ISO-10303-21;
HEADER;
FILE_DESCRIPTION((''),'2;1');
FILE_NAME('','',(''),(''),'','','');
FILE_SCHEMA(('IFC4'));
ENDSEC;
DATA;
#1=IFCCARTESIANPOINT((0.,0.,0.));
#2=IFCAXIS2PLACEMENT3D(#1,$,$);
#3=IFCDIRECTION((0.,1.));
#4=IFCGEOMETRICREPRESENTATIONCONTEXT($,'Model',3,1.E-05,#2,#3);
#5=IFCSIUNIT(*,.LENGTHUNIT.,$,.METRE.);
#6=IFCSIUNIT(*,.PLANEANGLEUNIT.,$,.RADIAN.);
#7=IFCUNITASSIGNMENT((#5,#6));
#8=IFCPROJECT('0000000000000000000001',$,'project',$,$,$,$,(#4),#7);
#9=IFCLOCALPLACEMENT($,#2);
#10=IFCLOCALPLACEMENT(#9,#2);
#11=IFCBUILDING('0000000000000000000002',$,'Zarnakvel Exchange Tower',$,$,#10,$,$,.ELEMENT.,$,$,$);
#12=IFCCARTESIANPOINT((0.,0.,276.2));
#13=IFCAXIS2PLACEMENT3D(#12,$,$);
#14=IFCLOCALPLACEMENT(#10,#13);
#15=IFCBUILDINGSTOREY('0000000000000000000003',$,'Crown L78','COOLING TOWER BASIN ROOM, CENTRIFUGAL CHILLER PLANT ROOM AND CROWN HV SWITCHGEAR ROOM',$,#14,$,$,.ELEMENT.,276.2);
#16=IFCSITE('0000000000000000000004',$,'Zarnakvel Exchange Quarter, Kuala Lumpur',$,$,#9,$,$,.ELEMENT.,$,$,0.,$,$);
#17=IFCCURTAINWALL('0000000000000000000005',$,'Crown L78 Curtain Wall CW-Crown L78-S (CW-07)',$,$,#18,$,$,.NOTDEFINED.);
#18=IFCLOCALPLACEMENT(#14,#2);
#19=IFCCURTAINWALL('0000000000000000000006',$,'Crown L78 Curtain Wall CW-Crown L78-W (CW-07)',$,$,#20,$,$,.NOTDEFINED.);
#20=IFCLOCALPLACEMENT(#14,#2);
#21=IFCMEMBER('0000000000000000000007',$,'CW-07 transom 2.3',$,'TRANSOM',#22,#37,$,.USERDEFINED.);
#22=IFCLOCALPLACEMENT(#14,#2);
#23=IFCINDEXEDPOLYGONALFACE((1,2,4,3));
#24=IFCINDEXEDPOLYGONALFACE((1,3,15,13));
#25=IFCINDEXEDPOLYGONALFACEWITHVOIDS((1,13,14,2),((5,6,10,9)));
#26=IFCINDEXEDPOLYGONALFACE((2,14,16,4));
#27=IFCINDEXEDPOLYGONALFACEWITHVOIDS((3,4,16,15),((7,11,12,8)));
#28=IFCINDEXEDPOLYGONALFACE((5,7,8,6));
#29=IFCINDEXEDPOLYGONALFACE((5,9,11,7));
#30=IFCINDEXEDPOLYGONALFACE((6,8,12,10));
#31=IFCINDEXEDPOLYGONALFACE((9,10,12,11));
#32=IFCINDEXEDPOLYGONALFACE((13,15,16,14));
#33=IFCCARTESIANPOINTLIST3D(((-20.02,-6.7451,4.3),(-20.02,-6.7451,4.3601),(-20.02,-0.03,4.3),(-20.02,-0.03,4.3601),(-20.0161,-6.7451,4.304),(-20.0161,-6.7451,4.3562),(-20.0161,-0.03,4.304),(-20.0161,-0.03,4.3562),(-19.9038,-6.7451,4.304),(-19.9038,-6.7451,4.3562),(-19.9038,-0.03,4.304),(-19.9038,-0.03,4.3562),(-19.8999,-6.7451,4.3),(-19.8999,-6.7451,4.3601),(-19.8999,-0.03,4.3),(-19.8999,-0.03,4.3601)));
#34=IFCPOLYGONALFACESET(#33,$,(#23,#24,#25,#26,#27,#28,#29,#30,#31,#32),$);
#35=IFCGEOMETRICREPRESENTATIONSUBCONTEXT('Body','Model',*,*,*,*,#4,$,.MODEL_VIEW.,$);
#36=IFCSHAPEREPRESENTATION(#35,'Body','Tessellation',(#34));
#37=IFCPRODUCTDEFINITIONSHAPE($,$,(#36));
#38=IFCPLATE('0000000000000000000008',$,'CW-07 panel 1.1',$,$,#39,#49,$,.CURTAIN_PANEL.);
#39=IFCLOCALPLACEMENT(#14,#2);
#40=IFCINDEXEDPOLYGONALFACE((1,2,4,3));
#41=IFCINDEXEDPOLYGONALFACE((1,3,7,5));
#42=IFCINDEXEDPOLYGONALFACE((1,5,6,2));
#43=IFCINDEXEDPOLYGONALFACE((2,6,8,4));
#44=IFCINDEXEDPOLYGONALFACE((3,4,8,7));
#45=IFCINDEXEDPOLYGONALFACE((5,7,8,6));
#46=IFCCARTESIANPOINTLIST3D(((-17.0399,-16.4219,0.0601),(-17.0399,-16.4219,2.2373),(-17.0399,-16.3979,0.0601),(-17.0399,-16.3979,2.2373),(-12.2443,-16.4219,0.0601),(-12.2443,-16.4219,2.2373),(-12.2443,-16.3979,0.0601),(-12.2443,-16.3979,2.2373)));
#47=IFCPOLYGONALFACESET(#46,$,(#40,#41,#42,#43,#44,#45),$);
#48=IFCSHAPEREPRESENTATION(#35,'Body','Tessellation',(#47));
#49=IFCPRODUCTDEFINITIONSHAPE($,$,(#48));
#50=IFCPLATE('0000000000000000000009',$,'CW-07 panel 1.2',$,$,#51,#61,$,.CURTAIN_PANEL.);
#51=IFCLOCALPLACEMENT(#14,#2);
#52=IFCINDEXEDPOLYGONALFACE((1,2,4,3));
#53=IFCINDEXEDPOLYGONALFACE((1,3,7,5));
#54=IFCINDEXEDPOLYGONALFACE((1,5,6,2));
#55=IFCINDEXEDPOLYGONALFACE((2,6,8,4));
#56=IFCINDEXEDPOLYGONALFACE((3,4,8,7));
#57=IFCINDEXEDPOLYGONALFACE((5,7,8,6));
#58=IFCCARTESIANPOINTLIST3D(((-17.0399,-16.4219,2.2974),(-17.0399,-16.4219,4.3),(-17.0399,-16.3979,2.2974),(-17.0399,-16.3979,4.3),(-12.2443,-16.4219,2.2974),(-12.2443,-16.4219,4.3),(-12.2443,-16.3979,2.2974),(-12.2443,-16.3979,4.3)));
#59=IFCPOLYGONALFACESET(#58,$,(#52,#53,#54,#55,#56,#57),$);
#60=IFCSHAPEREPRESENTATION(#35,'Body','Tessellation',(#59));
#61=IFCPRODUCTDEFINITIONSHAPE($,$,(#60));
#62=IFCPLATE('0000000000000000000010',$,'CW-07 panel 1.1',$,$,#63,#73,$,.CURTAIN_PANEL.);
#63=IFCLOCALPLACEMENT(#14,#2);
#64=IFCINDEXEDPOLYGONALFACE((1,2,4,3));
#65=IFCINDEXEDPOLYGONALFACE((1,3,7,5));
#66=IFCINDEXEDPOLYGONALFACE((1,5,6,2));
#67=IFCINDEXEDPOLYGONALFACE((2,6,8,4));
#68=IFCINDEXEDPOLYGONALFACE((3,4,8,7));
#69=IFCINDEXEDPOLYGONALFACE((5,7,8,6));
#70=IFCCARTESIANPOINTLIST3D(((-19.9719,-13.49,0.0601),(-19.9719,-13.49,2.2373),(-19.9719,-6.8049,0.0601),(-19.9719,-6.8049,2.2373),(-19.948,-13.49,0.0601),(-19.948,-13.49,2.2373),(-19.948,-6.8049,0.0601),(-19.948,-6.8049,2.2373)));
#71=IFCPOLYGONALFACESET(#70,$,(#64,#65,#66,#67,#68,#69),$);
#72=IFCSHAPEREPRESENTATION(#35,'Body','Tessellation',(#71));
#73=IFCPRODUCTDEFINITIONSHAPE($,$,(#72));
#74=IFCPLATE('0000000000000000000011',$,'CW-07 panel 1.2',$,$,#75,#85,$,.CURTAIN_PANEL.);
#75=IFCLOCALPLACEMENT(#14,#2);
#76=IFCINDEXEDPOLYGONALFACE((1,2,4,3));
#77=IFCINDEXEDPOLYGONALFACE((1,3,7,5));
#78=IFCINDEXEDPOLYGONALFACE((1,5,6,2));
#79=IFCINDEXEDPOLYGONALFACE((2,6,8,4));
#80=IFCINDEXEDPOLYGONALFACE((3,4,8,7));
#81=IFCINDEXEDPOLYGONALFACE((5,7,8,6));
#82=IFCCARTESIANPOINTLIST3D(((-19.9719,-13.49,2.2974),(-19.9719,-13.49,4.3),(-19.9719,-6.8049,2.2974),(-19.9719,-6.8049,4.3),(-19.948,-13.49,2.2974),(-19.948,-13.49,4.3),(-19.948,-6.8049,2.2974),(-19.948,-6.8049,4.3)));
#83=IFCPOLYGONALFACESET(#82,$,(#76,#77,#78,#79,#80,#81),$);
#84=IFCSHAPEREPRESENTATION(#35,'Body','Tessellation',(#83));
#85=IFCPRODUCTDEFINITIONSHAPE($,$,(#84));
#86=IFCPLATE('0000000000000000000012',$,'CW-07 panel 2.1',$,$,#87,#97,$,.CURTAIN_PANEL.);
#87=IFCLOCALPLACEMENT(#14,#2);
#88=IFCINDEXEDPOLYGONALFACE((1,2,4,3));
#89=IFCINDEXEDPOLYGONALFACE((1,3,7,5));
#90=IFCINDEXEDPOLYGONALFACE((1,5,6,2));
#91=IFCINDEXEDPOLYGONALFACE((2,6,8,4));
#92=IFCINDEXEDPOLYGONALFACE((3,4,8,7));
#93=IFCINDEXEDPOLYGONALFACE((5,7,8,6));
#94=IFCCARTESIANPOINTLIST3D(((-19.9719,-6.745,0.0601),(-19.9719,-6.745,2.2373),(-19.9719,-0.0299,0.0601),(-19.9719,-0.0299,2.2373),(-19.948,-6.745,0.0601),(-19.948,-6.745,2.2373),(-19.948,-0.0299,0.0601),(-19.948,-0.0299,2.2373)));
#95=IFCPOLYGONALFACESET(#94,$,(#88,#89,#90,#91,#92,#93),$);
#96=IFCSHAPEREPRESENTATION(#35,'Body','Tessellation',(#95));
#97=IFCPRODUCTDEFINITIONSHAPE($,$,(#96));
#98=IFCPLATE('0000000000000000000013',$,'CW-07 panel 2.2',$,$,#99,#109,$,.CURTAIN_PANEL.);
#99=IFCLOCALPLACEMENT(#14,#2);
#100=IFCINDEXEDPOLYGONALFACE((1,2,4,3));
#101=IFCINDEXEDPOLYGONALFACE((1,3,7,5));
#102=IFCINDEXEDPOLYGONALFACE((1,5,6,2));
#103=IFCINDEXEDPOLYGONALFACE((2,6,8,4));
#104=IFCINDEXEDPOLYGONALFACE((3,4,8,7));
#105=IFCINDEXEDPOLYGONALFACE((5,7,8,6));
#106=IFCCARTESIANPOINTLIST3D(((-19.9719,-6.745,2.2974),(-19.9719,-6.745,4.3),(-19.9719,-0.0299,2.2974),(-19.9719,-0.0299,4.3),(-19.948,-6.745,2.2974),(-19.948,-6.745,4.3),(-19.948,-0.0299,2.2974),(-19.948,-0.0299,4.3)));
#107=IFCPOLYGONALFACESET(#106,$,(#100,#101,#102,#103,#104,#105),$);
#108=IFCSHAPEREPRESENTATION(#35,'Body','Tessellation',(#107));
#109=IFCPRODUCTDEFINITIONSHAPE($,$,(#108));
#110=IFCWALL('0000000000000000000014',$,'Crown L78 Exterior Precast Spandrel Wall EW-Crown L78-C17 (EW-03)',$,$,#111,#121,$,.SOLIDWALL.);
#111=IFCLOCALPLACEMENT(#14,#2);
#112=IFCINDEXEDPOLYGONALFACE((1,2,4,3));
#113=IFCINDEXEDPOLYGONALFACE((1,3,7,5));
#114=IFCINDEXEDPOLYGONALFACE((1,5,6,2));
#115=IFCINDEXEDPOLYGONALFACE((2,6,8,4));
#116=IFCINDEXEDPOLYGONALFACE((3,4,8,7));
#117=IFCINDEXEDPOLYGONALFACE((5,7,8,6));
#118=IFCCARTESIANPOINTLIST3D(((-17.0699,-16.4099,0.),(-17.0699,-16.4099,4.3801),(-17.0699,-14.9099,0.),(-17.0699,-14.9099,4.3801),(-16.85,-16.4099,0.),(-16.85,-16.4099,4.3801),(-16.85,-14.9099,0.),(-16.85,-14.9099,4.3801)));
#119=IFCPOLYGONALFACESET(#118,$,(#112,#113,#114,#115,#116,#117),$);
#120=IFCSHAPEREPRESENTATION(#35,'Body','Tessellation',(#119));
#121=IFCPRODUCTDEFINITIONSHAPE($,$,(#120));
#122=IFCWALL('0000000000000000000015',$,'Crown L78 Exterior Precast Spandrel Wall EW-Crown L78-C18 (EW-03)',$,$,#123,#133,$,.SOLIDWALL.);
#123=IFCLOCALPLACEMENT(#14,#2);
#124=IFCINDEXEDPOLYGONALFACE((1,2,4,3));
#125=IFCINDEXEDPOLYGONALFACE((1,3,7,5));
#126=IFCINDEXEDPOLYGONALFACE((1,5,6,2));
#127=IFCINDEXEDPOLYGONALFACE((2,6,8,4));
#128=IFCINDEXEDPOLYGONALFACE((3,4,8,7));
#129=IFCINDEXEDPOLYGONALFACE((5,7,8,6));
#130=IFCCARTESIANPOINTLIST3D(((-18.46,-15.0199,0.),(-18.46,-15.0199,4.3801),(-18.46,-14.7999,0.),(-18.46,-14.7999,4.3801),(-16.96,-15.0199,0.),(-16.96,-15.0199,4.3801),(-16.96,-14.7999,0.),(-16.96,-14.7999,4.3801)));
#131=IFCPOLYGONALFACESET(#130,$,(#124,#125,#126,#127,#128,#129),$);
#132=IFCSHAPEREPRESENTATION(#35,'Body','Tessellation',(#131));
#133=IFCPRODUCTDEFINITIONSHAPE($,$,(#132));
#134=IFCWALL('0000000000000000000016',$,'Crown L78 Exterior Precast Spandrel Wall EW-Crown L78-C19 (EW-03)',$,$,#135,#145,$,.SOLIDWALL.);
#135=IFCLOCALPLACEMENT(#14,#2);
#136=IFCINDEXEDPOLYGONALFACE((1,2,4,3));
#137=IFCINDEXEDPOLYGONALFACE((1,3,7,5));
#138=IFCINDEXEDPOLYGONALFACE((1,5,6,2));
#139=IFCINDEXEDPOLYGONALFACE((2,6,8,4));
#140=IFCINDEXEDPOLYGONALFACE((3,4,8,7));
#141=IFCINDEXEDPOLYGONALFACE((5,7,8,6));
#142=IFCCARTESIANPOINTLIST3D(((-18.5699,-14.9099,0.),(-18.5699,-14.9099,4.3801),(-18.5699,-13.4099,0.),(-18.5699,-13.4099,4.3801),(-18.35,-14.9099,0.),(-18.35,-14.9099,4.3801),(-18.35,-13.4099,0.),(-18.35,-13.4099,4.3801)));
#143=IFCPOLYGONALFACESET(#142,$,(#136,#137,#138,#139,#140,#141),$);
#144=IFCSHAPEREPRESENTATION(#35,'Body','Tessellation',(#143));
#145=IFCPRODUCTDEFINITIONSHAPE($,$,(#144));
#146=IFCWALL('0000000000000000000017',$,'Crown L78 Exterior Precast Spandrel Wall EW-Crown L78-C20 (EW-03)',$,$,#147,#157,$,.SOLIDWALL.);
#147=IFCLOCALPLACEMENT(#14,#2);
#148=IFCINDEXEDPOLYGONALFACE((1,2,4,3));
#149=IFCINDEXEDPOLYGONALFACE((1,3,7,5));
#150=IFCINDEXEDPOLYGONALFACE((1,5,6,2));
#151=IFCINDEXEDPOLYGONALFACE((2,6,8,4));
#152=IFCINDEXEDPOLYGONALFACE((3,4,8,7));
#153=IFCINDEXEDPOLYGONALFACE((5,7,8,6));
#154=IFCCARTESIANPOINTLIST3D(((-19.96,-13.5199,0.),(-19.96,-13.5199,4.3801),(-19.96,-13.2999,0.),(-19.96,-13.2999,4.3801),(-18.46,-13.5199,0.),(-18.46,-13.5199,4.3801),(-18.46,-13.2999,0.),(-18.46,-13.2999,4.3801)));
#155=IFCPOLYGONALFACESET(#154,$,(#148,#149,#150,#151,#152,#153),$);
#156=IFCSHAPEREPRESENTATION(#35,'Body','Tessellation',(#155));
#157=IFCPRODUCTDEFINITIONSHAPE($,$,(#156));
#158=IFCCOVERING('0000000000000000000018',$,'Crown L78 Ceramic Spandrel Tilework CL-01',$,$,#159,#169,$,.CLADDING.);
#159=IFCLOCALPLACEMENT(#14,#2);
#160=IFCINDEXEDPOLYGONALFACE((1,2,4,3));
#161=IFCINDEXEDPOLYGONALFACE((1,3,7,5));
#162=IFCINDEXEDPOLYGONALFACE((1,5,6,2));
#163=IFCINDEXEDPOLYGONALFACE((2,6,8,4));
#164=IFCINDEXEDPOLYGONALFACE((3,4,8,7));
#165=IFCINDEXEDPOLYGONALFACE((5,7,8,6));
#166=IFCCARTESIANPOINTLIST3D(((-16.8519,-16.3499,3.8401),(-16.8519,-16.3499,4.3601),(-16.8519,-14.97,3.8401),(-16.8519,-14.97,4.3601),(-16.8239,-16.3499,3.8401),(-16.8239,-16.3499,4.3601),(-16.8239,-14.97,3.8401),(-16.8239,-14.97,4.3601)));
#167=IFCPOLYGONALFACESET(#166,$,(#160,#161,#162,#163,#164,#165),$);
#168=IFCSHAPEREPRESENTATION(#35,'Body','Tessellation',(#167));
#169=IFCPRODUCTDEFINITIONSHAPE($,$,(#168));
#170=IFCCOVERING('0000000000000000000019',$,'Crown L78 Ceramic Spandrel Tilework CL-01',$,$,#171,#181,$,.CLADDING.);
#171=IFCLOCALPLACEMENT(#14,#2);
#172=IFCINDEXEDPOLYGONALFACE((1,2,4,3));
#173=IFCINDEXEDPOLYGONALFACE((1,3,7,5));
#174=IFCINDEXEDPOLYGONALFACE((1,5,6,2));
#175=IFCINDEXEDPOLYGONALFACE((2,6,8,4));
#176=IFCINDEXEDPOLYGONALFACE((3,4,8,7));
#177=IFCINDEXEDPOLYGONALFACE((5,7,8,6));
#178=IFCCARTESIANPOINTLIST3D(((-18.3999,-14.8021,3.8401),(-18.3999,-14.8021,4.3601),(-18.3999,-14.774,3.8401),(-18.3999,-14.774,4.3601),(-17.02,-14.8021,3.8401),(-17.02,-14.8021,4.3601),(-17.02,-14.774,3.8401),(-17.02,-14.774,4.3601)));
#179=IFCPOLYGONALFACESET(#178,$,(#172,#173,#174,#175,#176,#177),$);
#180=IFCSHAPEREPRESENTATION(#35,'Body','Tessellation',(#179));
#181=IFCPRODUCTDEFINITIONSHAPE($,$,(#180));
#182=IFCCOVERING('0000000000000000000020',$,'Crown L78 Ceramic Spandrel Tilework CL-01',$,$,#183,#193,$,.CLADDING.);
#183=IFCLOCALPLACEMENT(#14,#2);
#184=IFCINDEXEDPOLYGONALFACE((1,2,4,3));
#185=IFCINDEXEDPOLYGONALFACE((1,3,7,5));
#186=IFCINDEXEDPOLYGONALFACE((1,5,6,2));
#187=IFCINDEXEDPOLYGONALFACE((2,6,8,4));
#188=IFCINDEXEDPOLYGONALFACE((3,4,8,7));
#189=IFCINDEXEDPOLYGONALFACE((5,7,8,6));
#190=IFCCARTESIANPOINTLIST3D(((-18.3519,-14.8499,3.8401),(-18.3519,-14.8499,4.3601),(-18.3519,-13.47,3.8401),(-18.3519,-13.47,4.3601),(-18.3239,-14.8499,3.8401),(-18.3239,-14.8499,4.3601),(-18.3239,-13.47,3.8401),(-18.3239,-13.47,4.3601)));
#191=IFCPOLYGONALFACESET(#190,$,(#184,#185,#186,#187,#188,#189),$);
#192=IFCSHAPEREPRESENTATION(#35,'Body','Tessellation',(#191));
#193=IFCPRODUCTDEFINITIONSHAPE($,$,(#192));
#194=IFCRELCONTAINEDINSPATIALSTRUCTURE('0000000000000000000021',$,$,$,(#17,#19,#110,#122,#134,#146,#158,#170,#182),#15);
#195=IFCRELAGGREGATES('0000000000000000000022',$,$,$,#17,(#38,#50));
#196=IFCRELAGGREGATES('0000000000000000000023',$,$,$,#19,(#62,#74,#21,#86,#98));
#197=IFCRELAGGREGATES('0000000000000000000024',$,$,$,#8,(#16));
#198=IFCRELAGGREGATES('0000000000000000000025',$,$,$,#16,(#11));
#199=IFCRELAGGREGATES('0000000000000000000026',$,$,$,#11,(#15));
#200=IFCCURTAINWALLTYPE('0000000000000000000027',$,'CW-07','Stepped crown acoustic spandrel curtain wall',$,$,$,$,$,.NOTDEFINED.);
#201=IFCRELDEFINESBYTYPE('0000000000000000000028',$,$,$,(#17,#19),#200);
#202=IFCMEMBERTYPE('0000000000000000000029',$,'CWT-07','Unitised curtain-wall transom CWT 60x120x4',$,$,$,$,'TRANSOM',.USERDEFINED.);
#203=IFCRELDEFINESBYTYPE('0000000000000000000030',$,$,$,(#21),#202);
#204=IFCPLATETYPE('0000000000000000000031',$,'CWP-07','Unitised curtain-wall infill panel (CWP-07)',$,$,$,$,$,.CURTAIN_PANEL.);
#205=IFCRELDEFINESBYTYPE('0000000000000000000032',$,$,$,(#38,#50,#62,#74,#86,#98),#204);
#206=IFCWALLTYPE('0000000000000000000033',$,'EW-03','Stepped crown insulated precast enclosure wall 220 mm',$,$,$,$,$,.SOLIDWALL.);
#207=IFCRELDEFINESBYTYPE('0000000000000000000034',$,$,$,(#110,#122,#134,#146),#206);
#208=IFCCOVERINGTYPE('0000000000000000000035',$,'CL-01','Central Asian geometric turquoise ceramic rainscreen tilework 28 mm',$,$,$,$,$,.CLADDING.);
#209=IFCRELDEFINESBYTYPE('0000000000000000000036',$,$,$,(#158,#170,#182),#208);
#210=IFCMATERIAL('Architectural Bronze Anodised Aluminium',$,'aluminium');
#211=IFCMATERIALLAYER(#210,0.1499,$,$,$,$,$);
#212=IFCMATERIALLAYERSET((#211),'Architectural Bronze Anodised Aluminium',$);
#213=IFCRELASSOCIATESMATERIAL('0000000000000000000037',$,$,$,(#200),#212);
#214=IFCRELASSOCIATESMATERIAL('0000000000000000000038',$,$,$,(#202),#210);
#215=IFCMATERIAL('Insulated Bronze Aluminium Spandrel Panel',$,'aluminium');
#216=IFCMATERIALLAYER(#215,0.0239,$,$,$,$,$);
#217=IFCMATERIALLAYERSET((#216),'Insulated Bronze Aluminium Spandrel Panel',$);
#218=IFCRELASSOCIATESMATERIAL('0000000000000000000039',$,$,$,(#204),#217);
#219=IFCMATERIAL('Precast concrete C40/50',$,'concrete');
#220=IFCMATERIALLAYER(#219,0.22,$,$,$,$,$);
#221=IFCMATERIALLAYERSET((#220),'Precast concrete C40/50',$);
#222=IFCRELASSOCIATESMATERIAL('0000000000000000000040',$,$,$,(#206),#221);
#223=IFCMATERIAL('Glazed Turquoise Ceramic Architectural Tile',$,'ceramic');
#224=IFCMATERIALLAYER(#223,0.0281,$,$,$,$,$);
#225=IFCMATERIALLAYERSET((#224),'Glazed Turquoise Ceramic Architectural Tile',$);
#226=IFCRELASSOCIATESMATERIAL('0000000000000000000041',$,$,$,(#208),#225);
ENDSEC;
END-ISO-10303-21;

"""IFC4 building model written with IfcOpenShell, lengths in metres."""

from ifc_helpers import new_model, si_unit, direction, frame, frame_2d, origin, origin_2d, place, context, subcontext, project, spatial, rectangle, hollow_rectangle, extrude, source, transform, mapped, material, layer, layer_set, material_profile, profile_set, type_object, element, aggregate, save


model = new_model("IFC4")

# Units and contexts
model_context = context("Model", 3, precision=1e-05, world=origin(), true_north=direction((0.0, 1.0)))
body_context = subcontext(model_context, "Body", "Model", "MODEL_VIEW")
ifc_project = project(units=[si_unit("LENGTHUNIT", "METRE"), si_unit("PLANEANGLEUNIT", "RADIAN")], contexts=[model_context])

# Site, building, storey
site_placement = place(None, origin())
site = spatial("IfcSite", under=ifc_project, at=site_placement, Name="Zarnakvel Exchange Quarter, Kuala Lumpur", CompositionType="ELEMENT", RefElevation=0.0)
building_placement = place(site_placement, origin())
building = spatial("IfcBuilding", under=site, at=building_placement, Name="Zarnakvel Exchange Tower", CompositionType="ELEMENT")
storey_placement = place(building_placement, frame((0.0, 0.0, 276.2)))
storey = spatial("IfcBuildingStorey", under=building, at=storey_placement, Name="Crown L78", Description="COOLING TOWER BASIN ROOM, CENTRIFUGAL CHILLER PLANT ROOM AND CROWN HV SWITCHGEAR ROOM", CompositionType="ELEMENT", Elevation=276.2)

# Curtain wall
ifc_material_1 = material(Name="Architectural Bronze Anodised Aluminium", Category="aluminium")
ifc_layer_1 = layer(ifc_material_1, 0.1499)
ifc_layer_set_1 = layer_set([ifc_layer_1], Name="Architectural Bronze Anodised Aluminium")
curtain_wall_type = type_object("IfcCurtainWallType", Name="CW-07", Description="Stepped crown acoustic spandrel curtain wall", PredefinedType="NOTDEFINED", material=ifc_layer_set_1)
curtain_wall_1_placement = place(storey_placement, origin())
curtain_wall_1 = element("IfcCurtainWall", 1, at=curtain_wall_1_placement, inside=storey, type_object=curtain_wall_type, Name="Crown L78 Curtain Wall CW-Crown L78-S (CW-07)", PredefinedType="NOTDEFINED")

# Curtain wall
curtain_wall_2_placement = place(storey_placement, origin())
curtain_wall_2 = element("IfcCurtainWall", 2, at=curtain_wall_2_placement, inside=storey, type_object=curtain_wall_type, Name="Crown L78 Curtain Wall CW-Crown L78-W (CW-07)", PredefinedType="NOTDEFINED")

# Member
ifc_material_profile_1 = material_profile(ifc_material_1, hollow_rectangle(XDim=0.1201, YDim=0.0601, WallThickness=0.0039, at=origin_2d()))
ifc_profile_set_1 = profile_set([ifc_material_profile_1], Name="Architectural Bronze Anodised Aluminium")
member_type_1 = type_object("IfcMemberType", Name="CWT-07", Description="Unitised curtain-wall transom CWT 60x120x4", ElementType="TRANSOM", PredefinedType="USERDEFINED", material=ifc_profile_set_1)
shared_shape_1 = source(origin(), body_context, "Body", "SweptSolid", [
    extrude(hollow_rectangle(XDim=0.1201, YDim=0.0601, WallThickness=0.0039, at=origin_2d()), origin(), (0.0, 0.0, 1.0), 6.7151),
])
member_1_placement = place(storey_placement, frame((-19.96, -6.7451, 4.3301), z_axis=(0.0, 1.0, 0.0), x_axis=(-1.0, 0.0, 0.0)))
member_1 = element("IfcMember", 3, at=member_1_placement, type_object=member_type_1, Name="CW-07 transom 2.3", ObjectType="TRANSOM", PredefinedType="USERDEFINED", context=body_context, shape_type="MappedRepresentation", body=[
    mapped(shared_shape_1, transform((0.0, 0.0, 0.0), x_axis=(1.0, 0.0, 0.0), y_axis=(0.0, 1.0, 0.0), z_axis=(0.0, 0.0, 1.0), scale=1.0)),
])

# Plates
ifc_material_2 = material(Name="Insulated Bronze Aluminium Spandrel Panel", Category="aluminium")
ifc_layer_2 = layer(ifc_material_2, 0.0239)
ifc_layer_set_2 = layer_set([ifc_layer_2], Name="Insulated Bronze Aluminium Spandrel Panel")
plate_type = type_object("IfcPlateType", Name="CWP-07", Description="Unitised curtain-wall infill panel (CWP-07)", PredefinedType="CURTAIN_PANEL", material=ifc_layer_set_2)
shared_shape_2 = source(origin(), body_context, "Body", "SweptSolid", [
    extrude(rectangle(XDim=4.7957, YDim=0.0239, at=origin_2d()), origin(), (0.0, 0.0, 1.0), 2.1772),
])
plate_1_placement = place(storey_placement, frame((-14.6421, -16.4099, 0.0601), z_axis=(0.0, 0.0, 1.0), x_axis=(1.0, 0.0, 0.0)))
plate_1 = element("IfcPlate", 4, at=plate_1_placement, type_object=plate_type, Name="CW-07 panel 1.1", PredefinedType="CURTAIN_PANEL", context=body_context, shape_type="MappedRepresentation", body=[
    mapped(shared_shape_2, transform((0.0, 0.0, 0.0), x_axis=(1.0, 0.0, 0.0), y_axis=(0.0, 1.0, 0.0), z_axis=(0.0, 0.0, 1.0), scale=1.0)),
])
shared_shape_3 = source(origin(), body_context, "Body", "SweptSolid", [
    extrude(rectangle(XDim=4.7957, YDim=0.0239, at=origin_2d()), origin(), (0.0, 0.0, 1.0), 2.0027),
])
plate_2_placement = place(storey_placement, frame((-14.6421, -16.4099, 2.2974), z_axis=(0.0, 0.0, 1.0), x_axis=(1.0, 0.0, 0.0)))
plate_2 = element("IfcPlate", 5, at=plate_2_placement, type_object=plate_type, Name="CW-07 panel 1.2", PredefinedType="CURTAIN_PANEL", context=body_context, shape_type="MappedRepresentation", body=[
    mapped(shared_shape_3, transform((0.0, 0.0, 0.0), x_axis=(1.0, 0.0, 0.0), y_axis=(0.0, 1.0, 0.0), z_axis=(0.0, 0.0, 1.0), scale=1.0)),
])
aggregate(curtain_wall_1, [plate_1, plate_2])
shared_shape_4 = source(origin(), body_context, "Body", "SweptSolid", [
    extrude(rectangle(XDim=6.6851, YDim=0.0239, at=origin_2d()), origin(), (0.0, 0.0, 1.0), 2.1772),
])
plate_3_placement = place(storey_placement, frame((-19.96, -10.1475, 0.0601), z_axis=(0.0, 0.0, 1.0), x_axis=(0.0, 1.0, 0.0)))
plate_3 = element("IfcPlate", 6, at=plate_3_placement, type_object=plate_type, Name="CW-07 panel 1.1", PredefinedType="CURTAIN_PANEL", context=body_context, shape_type="MappedRepresentation", body=[
    mapped(shared_shape_4, transform((0.0, 0.0, 0.0), x_axis=(1.0, 0.0, 0.0), y_axis=(0.0, 1.0, 0.0), z_axis=(0.0, 0.0, 1.0), scale=1.0)),
])
shared_shape_5 = source(origin(), body_context, "Body", "SweptSolid", [
    extrude(rectangle(XDim=6.6851, YDim=0.0239, at=origin_2d()), origin(), (0.0, 0.0, 1.0), 2.0027),
])
plate_4_placement = place(storey_placement, frame((-19.96, -10.1475, 2.2974), z_axis=(0.0, 0.0, 1.0), x_axis=(0.0, 1.0, 0.0)))
plate_4 = element("IfcPlate", 7, at=plate_4_placement, type_object=plate_type, Name="CW-07 panel 1.2", PredefinedType="CURTAIN_PANEL", context=body_context, shape_type="MappedRepresentation", body=[
    mapped(shared_shape_5, transform((0.0, 0.0, 0.0), x_axis=(1.0, 0.0, 0.0), y_axis=(0.0, 1.0, 0.0), z_axis=(0.0, 0.0, 1.0), scale=1.0)),
])
shared_shape_6 = source(origin(), body_context, "Body", "SweptSolid", [
    extrude(rectangle(XDim=6.7151, YDim=0.0239, at=origin_2d()), origin(), (0.0, 0.0, 1.0), 2.1772),
])
plate_5_placement = place(storey_placement, frame((-19.96, -3.3875, 0.0601), z_axis=(0.0, 0.0, 1.0), x_axis=(0.0, 1.0, 0.0)))
plate_5 = element("IfcPlate", 8, at=plate_5_placement, type_object=plate_type, Name="CW-07 panel 2.1", PredefinedType="CURTAIN_PANEL", context=body_context, shape_type="MappedRepresentation", body=[
    mapped(shared_shape_6, transform((0.0, 0.0, 0.0), x_axis=(1.0, 0.0, 0.0), y_axis=(0.0, 1.0, 0.0), z_axis=(0.0, 0.0, 1.0), scale=1.0)),
])
shared_shape_7 = source(origin(), body_context, "Body", "SweptSolid", [
    extrude(rectangle(XDim=6.7151, YDim=0.0239, at=origin_2d()), origin(), (0.0, 0.0, 1.0), 2.0027),
])
plate_6_placement = place(storey_placement, frame((-19.96, -3.3875, 2.2974), z_axis=(0.0, 0.0, 1.0), x_axis=(0.0, 1.0, 0.0)))
plate_6 = element("IfcPlate", 9, at=plate_6_placement, type_object=plate_type, Name="CW-07 panel 2.2", PredefinedType="CURTAIN_PANEL", context=body_context, shape_type="MappedRepresentation", body=[
    mapped(shared_shape_7, transform((0.0, 0.0, 0.0), x_axis=(1.0, 0.0, 0.0), y_axis=(0.0, 1.0, 0.0), z_axis=(0.0, 0.0, 1.0), scale=1.0)),
])
aggregate(curtain_wall_2, [plate_3, plate_4, member_1, plate_5, plate_6])

# Walls
ifc_material_3 = material(Name="Precast concrete C40/50", Category="concrete")
ifc_layer_3 = layer(ifc_material_3, 0.22)
ifc_layer_set_3 = layer_set([ifc_layer_3], Name="Precast concrete C40/50")
wall_type = type_object("IfcWallType", Name="EW-03", Description="Stepped crown insulated precast enclosure wall 220 mm", PredefinedType="SOLIDWALL", material=ifc_layer_set_3)
for number, where, z_axis, x_axis, name in (
    (10, (-16.96, -14.9099, 0.0), (0.0, 0.0, 1.0), (0.0, -1.0, 0.0), "Crown L78 Exterior Precast Spandrel Wall EW-Crown L78-C17 (EW-03)"),
    (11, (-18.46, -14.9099, 0.0), (0.0, 0.0, 1.0), (1.0, 0.0, 0.0), "Crown L78 Exterior Precast Spandrel Wall EW-Crown L78-C18 (EW-03)"),
    (12, (-18.46, -13.4099, 0.0), (0.0, 0.0, 1.0), (0.0, -1.0, 0.0), "Crown L78 Exterior Precast Spandrel Wall EW-Crown L78-C19 (EW-03)"),
    (13, (-19.96, -13.4099, 0.0), (0.0, 0.0, 1.0), (1.0, 0.0, 0.0), "Crown L78 Exterior Precast Spandrel Wall EW-Crown L78-C20 (EW-03)"),
):
    element("IfcWall", number, at=place(storey_placement, frame(where, z_axis=z_axis, x_axis=x_axis)), inside=storey, type_object=wall_type, Name=name, PredefinedType="SOLIDWALL", context=body_context, shape_type="SweptSolid", body=[
        extrude(rectangle(XDim=1.5, YDim=0.22, at=frame_2d((0.75, 0.0))), origin(), (0.0, 0.0, 1.0), 4.3801),
    ])

# Coverings
ifc_material_4 = material(Name="Glazed Turquoise Ceramic Architectural Tile", Category="ceramic")
ifc_layer_4 = layer(ifc_material_4, 0.0281)
ifc_layer_set_4 = layer_set([ifc_layer_4], Name="Glazed Turquoise Ceramic Architectural Tile")
covering_type = type_object("IfcCoveringType", Name="CL-01", Description="Central Asian geometric turquoise ceramic rainscreen tilework 28 mm", PredefinedType="CLADDING", material=ifc_layer_set_4)
shared_shape_8 = source(origin(), body_context, "Body", "SweptSolid", [
    extrude(rectangle(XDim=1.3799, YDim=0.0281, at=origin_2d()), origin(), (0.0, 0.0, 1.0), 0.52),
])
for number, where, z_axis, x_axis, name in (
    (14, (-16.8379, -15.6599, 3.8401), (0.0, 0.0, 1.0), (0.0, -1.0, 0.0), "Crown L78 Ceramic Spandrel Tilework CL-01"),
    (15, (-17.71, -14.7881, 3.8401), (0.0, 0.0, 1.0), (1.0, 0.0, 0.0), "Crown L78 Ceramic Spandrel Tilework CL-01"),
    (16, (-18.3379, -14.1599, 3.8401), (0.0, 0.0, 1.0), (0.0, -1.0, 0.0), "Crown L78 Ceramic Spandrel Tilework CL-01"),
):
    element("IfcCovering", number, at=place(storey_placement, frame(where, z_axis=z_axis, x_axis=x_axis)), inside=storey, type_object=covering_type, Name=name, PredefinedType="CLADDING", context=body_context, shape_type="MappedRepresentation", body=[
        mapped(shared_shape_8, transform((0.0, 0.0, 0.0), x_axis=(1.0, 0.0, 0.0), y_axis=(0.0, 1.0, 0.0), z_axis=(0.0, 0.0, 1.0), scale=1.0)),
    ])

save(model, "model.ifc")
